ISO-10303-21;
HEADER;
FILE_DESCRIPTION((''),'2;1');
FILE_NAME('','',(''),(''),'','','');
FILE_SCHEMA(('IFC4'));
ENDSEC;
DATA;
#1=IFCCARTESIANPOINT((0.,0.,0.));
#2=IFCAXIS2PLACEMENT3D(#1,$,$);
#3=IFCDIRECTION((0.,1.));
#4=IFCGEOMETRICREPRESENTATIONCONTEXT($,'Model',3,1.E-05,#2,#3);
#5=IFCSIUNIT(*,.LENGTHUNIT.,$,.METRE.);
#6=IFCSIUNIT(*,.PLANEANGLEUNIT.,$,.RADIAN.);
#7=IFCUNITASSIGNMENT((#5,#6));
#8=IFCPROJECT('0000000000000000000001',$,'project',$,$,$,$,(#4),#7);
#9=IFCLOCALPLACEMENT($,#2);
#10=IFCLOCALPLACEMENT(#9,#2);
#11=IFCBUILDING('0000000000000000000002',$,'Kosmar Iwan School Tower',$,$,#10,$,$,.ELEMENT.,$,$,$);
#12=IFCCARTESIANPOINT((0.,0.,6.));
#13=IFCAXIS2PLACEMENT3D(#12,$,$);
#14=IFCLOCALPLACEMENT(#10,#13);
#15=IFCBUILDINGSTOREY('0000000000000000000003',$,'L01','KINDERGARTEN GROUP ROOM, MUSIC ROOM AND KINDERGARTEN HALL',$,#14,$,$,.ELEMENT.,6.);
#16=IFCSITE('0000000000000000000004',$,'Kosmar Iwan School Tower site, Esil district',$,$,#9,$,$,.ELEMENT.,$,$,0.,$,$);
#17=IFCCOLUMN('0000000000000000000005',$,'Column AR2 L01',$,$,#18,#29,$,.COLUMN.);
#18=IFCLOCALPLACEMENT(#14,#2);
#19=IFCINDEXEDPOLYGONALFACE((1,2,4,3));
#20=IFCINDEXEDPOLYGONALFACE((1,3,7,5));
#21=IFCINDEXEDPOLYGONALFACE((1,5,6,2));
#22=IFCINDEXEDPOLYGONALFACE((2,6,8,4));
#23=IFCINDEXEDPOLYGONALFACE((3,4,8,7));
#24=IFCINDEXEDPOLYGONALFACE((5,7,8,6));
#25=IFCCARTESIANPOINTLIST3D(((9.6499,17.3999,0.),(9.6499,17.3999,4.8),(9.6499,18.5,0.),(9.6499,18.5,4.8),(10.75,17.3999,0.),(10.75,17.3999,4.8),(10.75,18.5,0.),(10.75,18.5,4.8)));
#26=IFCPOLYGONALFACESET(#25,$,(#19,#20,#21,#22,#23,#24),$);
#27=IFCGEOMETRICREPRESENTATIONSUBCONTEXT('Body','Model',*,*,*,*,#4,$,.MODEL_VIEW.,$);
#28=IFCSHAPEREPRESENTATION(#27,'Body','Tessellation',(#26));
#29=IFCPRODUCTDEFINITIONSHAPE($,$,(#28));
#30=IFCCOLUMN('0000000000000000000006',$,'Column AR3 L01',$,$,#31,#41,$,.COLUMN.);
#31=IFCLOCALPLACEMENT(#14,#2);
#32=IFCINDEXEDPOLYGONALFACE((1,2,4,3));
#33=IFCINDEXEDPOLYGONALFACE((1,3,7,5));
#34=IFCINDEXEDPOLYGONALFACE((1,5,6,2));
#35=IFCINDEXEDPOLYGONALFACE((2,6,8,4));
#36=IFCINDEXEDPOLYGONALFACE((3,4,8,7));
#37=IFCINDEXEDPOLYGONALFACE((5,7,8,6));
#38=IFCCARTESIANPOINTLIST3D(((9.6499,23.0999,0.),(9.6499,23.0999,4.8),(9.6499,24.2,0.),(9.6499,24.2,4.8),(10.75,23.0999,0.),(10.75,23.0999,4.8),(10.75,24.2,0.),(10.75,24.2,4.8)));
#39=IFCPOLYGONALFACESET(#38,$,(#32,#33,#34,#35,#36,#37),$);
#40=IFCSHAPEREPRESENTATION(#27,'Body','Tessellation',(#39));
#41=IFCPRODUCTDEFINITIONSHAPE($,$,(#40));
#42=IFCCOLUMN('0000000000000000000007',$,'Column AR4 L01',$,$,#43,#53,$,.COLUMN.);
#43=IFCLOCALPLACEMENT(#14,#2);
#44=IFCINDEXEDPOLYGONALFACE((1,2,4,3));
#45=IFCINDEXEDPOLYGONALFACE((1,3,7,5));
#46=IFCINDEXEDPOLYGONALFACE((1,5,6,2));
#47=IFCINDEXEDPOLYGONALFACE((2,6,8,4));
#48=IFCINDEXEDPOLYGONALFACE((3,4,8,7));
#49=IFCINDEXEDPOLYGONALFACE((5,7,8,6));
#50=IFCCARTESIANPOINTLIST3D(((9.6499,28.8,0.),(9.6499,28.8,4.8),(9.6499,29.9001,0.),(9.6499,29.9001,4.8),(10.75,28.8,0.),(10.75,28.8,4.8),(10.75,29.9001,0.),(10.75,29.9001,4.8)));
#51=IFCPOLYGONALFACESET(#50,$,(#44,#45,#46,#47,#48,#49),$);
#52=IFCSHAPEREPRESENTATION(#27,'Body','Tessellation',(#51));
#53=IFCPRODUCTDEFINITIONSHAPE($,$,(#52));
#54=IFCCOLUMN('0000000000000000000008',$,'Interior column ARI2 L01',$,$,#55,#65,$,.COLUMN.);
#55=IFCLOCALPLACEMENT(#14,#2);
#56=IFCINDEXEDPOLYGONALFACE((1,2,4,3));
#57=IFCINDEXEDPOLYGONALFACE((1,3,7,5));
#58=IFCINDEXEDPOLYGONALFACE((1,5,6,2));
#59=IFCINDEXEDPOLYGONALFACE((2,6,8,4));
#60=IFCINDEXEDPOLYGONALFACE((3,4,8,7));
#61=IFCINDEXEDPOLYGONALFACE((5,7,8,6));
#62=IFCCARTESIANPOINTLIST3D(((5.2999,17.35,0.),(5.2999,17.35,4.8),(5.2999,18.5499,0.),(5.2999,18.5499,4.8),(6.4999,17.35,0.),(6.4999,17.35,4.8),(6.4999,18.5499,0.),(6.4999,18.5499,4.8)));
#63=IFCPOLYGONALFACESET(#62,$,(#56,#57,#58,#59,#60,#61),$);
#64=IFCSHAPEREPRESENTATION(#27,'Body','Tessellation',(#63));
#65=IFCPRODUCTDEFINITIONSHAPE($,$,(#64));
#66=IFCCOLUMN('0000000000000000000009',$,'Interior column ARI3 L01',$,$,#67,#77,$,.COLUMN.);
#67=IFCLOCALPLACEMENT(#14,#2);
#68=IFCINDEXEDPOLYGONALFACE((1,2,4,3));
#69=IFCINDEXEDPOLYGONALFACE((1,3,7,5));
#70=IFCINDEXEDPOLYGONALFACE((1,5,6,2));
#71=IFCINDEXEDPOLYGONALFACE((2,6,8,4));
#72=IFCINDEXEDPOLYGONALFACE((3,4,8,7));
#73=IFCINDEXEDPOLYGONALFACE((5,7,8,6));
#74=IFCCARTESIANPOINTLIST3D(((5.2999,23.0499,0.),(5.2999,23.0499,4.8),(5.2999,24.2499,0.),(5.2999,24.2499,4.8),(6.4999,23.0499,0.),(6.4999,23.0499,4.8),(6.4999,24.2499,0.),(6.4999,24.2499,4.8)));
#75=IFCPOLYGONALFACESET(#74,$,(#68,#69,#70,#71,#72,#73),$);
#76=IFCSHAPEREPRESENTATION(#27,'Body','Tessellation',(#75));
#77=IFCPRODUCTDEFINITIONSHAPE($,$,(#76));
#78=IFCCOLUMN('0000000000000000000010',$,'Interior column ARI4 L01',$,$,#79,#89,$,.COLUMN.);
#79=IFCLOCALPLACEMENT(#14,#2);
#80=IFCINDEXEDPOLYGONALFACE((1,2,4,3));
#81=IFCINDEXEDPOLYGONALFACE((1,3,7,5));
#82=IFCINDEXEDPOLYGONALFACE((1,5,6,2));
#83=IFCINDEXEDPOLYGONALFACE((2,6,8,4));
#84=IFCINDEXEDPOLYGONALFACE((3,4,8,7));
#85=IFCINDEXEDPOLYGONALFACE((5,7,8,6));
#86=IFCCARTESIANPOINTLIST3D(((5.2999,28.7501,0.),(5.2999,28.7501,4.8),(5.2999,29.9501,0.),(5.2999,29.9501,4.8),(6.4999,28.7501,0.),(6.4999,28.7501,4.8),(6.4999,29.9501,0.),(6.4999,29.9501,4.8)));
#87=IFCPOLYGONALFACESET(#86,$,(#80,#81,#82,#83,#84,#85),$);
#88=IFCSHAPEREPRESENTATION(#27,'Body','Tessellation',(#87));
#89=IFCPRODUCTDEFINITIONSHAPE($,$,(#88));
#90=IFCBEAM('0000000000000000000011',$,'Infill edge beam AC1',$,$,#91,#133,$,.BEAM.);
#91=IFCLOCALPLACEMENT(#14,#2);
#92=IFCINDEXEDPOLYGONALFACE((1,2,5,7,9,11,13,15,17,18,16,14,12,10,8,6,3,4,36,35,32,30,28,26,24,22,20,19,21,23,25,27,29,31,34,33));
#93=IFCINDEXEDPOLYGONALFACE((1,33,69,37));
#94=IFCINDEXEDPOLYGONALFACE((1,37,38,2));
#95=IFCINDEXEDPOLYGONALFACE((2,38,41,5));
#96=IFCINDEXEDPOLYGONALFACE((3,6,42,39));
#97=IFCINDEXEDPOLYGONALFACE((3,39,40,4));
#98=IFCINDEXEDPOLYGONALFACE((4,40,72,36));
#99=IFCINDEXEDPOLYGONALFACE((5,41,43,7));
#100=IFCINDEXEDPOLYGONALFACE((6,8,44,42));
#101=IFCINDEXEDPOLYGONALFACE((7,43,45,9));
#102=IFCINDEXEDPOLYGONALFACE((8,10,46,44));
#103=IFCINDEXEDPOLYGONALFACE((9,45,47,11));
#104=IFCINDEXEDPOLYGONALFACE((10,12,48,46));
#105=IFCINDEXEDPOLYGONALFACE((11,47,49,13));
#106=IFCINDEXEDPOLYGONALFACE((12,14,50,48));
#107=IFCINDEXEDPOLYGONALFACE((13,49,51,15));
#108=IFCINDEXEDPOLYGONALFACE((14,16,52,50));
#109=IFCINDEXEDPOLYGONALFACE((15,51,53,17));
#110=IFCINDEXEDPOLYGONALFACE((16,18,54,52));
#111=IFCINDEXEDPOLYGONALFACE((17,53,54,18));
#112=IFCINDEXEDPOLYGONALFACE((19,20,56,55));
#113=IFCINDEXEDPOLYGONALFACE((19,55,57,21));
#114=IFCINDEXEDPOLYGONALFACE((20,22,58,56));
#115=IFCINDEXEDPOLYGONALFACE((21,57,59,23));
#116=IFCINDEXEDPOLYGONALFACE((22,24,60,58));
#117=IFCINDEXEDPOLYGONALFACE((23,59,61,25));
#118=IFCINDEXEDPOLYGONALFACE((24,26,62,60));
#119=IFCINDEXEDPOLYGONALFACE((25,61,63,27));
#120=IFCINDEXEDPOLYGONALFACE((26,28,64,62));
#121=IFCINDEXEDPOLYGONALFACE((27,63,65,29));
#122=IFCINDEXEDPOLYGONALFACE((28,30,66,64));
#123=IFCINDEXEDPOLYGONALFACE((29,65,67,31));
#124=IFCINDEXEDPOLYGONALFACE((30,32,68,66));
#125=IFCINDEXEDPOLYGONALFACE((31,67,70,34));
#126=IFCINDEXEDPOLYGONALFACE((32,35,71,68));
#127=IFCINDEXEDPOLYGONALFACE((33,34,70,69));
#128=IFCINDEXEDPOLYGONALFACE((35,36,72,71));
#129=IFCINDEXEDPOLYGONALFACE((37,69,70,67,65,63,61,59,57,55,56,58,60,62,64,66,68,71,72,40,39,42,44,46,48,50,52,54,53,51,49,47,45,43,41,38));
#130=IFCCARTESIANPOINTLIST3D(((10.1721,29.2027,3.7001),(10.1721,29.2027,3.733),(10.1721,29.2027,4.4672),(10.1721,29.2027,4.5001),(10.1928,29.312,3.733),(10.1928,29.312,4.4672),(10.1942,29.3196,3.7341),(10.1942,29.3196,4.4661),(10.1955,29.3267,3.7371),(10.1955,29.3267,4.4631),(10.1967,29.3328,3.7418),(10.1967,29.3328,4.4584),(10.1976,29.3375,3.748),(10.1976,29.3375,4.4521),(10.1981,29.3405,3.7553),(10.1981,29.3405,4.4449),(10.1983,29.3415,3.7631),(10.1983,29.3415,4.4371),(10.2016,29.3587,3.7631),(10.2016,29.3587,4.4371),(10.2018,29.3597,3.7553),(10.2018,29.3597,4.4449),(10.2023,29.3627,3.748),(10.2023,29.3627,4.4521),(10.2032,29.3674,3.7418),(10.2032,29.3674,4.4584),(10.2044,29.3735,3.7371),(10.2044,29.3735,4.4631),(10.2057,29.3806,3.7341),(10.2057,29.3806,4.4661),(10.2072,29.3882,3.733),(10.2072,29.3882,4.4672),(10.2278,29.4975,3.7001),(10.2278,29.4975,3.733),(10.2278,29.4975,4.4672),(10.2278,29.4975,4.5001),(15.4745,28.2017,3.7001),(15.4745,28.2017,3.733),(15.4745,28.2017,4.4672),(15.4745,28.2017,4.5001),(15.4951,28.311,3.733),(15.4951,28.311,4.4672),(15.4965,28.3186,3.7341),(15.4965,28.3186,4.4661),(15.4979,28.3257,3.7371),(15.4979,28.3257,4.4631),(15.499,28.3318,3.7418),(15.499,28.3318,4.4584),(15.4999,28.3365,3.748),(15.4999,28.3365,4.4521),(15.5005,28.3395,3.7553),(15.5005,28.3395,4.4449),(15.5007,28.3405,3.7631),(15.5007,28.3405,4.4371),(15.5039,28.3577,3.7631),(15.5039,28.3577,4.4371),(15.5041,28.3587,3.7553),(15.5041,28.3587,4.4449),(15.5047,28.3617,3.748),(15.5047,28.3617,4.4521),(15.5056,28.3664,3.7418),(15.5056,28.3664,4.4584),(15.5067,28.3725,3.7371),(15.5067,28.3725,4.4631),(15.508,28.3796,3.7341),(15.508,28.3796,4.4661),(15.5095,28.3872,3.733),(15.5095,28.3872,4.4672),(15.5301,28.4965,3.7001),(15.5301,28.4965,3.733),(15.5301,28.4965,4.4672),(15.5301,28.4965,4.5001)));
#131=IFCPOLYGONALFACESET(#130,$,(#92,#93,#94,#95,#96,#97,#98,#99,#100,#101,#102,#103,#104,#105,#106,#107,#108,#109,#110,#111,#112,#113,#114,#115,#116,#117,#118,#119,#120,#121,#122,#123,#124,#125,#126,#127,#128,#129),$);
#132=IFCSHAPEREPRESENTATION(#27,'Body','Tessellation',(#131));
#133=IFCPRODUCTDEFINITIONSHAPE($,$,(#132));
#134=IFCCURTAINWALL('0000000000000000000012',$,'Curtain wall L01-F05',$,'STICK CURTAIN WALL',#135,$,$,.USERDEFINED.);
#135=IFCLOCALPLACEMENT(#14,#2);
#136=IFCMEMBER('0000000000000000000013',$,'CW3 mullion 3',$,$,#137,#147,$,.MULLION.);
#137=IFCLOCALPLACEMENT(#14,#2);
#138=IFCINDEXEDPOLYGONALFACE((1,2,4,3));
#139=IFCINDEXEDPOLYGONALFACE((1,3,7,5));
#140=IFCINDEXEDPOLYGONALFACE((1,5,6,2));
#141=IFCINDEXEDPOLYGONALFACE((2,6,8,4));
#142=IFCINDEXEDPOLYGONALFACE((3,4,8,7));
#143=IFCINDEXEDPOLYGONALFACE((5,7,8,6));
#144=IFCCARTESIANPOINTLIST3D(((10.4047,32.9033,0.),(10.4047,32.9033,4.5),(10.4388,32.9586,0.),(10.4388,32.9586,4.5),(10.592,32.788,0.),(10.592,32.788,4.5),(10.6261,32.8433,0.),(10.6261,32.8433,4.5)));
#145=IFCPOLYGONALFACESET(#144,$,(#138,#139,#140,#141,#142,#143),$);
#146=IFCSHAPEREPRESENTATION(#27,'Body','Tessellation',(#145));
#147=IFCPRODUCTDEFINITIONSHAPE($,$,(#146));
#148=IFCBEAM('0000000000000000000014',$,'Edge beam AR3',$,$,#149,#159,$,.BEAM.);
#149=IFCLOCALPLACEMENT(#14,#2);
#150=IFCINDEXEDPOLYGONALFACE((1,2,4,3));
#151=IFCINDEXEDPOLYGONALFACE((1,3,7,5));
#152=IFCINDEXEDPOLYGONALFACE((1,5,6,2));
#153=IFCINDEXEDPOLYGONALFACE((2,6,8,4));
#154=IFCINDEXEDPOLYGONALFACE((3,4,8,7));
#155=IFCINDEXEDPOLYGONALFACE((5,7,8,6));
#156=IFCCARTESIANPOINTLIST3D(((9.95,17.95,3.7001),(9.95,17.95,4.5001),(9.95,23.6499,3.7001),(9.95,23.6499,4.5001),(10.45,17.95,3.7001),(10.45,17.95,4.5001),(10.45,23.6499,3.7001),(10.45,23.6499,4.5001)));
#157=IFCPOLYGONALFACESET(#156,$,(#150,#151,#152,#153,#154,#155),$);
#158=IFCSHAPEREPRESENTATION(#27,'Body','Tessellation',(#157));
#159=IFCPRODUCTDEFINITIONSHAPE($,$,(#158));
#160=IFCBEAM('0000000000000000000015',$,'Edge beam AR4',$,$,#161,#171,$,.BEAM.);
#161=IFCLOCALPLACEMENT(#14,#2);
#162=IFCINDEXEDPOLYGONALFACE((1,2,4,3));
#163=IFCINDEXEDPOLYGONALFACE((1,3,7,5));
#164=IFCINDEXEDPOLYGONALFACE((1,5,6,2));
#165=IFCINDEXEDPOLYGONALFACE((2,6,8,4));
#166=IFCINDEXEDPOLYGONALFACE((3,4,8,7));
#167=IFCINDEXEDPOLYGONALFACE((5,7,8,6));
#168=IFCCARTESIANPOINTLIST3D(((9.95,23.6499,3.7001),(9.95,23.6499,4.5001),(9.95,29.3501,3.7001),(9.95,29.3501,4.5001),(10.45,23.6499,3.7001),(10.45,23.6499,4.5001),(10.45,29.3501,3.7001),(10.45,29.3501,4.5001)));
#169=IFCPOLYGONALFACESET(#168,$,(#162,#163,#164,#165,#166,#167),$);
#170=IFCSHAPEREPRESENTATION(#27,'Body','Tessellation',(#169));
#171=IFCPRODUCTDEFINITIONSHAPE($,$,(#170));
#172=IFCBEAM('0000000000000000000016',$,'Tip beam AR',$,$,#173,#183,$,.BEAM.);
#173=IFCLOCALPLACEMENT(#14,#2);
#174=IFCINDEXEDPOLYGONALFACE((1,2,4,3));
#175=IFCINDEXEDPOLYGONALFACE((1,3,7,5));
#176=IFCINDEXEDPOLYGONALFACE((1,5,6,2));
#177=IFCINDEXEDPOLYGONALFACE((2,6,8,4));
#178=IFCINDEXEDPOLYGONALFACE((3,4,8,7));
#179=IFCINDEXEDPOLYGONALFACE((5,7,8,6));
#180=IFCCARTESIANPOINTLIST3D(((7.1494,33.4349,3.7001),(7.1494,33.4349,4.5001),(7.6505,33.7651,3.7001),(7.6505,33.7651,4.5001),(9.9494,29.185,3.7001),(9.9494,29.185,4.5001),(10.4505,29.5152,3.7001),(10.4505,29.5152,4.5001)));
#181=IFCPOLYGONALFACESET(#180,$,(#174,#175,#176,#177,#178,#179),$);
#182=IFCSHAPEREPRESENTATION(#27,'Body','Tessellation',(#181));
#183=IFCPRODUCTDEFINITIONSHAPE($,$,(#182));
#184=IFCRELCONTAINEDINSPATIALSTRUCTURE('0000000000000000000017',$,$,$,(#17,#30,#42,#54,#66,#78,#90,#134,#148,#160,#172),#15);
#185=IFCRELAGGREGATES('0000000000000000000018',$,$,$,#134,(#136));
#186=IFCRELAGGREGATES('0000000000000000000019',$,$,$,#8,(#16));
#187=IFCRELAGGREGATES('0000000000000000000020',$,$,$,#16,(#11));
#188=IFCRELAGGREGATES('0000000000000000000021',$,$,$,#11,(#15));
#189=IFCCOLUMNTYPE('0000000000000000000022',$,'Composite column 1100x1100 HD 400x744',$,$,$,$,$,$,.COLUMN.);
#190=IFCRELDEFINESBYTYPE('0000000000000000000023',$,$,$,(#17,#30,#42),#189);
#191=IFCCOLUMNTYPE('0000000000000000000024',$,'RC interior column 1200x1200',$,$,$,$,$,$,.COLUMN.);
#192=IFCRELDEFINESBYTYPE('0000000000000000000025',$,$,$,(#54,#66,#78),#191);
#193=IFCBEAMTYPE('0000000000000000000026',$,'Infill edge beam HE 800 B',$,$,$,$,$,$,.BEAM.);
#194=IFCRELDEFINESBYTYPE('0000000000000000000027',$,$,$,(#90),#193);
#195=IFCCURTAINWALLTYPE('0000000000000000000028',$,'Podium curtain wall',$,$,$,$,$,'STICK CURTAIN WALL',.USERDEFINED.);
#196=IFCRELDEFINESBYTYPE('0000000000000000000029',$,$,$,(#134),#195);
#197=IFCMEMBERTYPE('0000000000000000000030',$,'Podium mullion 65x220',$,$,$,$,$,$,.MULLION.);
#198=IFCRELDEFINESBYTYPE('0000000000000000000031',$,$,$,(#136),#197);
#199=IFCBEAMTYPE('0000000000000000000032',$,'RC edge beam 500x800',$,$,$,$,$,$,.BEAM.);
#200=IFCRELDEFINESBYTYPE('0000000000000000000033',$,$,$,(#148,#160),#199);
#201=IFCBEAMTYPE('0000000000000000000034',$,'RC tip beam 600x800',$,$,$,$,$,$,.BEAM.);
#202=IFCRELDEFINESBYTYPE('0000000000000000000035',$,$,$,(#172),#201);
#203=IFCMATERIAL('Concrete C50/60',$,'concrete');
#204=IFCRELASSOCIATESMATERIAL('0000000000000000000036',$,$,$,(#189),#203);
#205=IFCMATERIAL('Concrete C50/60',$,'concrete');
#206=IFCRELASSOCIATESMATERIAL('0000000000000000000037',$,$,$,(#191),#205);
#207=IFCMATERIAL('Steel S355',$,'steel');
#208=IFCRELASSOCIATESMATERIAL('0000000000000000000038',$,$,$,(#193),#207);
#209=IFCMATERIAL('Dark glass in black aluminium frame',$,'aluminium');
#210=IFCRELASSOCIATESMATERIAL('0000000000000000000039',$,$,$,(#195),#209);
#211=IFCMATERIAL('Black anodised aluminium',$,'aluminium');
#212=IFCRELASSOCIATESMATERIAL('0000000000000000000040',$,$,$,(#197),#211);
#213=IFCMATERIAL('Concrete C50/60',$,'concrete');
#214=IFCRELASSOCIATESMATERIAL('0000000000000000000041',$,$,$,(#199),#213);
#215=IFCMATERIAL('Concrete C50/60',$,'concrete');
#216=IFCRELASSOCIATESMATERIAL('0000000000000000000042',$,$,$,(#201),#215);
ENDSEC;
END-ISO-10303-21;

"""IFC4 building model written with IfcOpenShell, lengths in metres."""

from ifc_helpers import new_model, si_unit, direction, frame, origin, origin_2d, place, context, subcontext, project, spatial, rectangle, i_section, extrude, material, material_profile, profile_set, type_object, element, aggregate, save


model = new_model("IFC4")

# Units and contexts
model_context = context("Model", 3, precision=1e-05, world=origin(), true_north=direction((0.0, 1.0)))
body_context = subcontext(model_context, "Body", "Model", "MODEL_VIEW")
ifc_project = project(units=[si_unit("LENGTHUNIT", "METRE"), si_unit("PLANEANGLEUNIT", "RADIAN")], contexts=[model_context])

# Site, building, storey
site_placement = place(None, origin())
site = spatial("IfcSite", under=ifc_project, at=site_placement, Name="Kosmar Iwan School Tower site, Esil district", CompositionType="ELEMENT", RefElevation=0.0)
building_placement = place(site_placement, origin())
building = spatial("IfcBuilding", under=site, at=building_placement, Name="Kosmar Iwan School Tower", CompositionType="ELEMENT")
storey_placement = place(building_placement, frame((0.0, 0.0, 6.0)))
storey = spatial("IfcBuildingStorey", under=building, at=storey_placement, Name="L01", Description="KINDERGARTEN GROUP ROOM, MUSIC ROOM AND KINDERGARTEN HALL", CompositionType="ELEMENT", Elevation=6.0)

# Columns
ifc_material_1 = material(Name="Concrete C50/60", Category="concrete")
ifc_material_profile_1 = material_profile(ifc_material_1, rectangle(XDim=1.1001, YDim=1.1001, at=origin_2d()), Name="RC 1100x1100 + HD 400x744")
ifc_profile_set_1 = profile_set([ifc_material_profile_1], Name="Concrete C50/60")
column_type_1 = type_object("IfcColumnType", Name="Composite column 1100x1100 HD 400x744", PredefinedType="COLUMN", material=ifc_profile_set_1)
for number, where, z_axis, x_axis, name in (
    (1, (10.2, 17.95, 0.0), (0.0, 0.0, 1.0), (0.0, 1.0, 0.0), "Column AR2 L01"),
    (2, (10.2, 23.6499, 0.0), (0.0, 0.0, 1.0), (0.0, 1.0, 0.0), "Column AR3 L01"),
    (3, (10.2, 29.3501, 0.0), (0.0, 0.0, 1.0), (0.0, 1.0, 0.0), "Column AR4 L01"),
):
    element("IfcColumn", number, at=place(storey_placement, frame(where, z_axis=z_axis, x_axis=x_axis)), inside=storey, type_object=column_type_1, Name=name, PredefinedType="COLUMN", context=body_context, shape_type="SweptSolid", body=[
        extrude(rectangle(XDim=1.1001, YDim=1.1001, at=origin_2d()), origin(), (0.0, 0.0, 1.0), 4.8),
    ])
ifc_material_2 = material(Name="Concrete C50/60", Category="concrete")
ifc_material_profile_2 = material_profile(ifc_material_2, rectangle(XDim=1.2, YDim=1.2, at=origin_2d()), Name="RC 1200x1200")
ifc_profile_set_2 = profile_set([ifc_material_profile_2], Name="Concrete C50/60")
column_type_2 = type_object("IfcColumnType", Name="RC interior column 1200x1200", PredefinedType="COLUMN", material=ifc_profile_set_2)
for number, where, z_axis, x_axis, name in (
    (4, (5.8999, 17.95, 0.0), (0.0, 0.0, 1.0), (0.0, 1.0, 0.0), "Interior column ARI2 L01"),
    (5, (5.8999, 23.6499, 0.0), (0.0, 0.0, 1.0), (0.0, 1.0, 0.0), "Interior column ARI3 L01"),
    (6, (5.8999, 29.3501, 0.0), (0.0, 0.0, 1.0), (0.0, 1.0, 0.0), "Interior column ARI4 L01"),
):
    element("IfcColumn", number, at=place(storey_placement, frame(where, z_axis=z_axis, x_axis=x_axis)), inside=storey, type_object=column_type_2, Name=name, PredefinedType="COLUMN", context=body_context, shape_type="SweptSolid", body=[
        extrude(rectangle(XDim=1.2, YDim=1.2, at=origin_2d()), origin(), (0.0, 0.0, 1.0), 4.8),
    ])

# Beam
ifc_material_3 = material(Name="Steel S355", Category="steel")
ifc_material_profile_3 = material_profile(ifc_material_3, i_section(OverallWidth=0.3, OverallDepth=0.8, WebThickness=0.0176, FlangeThickness=0.033, FilletRadius=0.03, at=origin_2d()), Name="HE 800 B")
ifc_profile_set_3 = profile_set([ifc_material_profile_3], Name="Steel S355")
beam_type_1 = type_object("IfcBeamType", Name="Infill edge beam HE 800 B", PredefinedType="BEAM", material=ifc_profile_set_3)
beam_1_placement = place(storey_placement, frame((10.2, 29.3501, 4.1001), z_axis=(0.982643, -0.185507, 0.0), x_axis=(0.185507, 0.982643, 0.0)))
element("IfcBeam", 7, at=beam_1_placement, inside=storey, type_object=beam_type_1, Name="Infill edge beam AC1", PredefinedType="BEAM", context=body_context, shape_type="SweptSolid", body=[
    extrude(i_section(OverallWidth=0.3, OverallDepth=0.8, WebThickness=0.0176, FlangeThickness=0.033, FilletRadius=0.03, at=origin_2d()), origin(), (0.0, 0.0, 1.0), 5.396),
])

# Curtain wall, member
ifc_material_4 = material(Name="Dark glass in black aluminium frame", Category="aluminium")
curtain_wall_type = type_object("IfcCurtainWallType", Name="Podium curtain wall", ElementType="STICK CURTAIN WALL", PredefinedType="USERDEFINED", material=ifc_material_4)
curtain_wall_placement = place(storey_placement, origin())
curtain_wall = element("IfcCurtainWall", 8, at=curtain_wall_placement, inside=storey, type_object=curtain_wall_type, Name="Curtain wall L01-F05", ObjectType="STICK CURTAIN WALL", PredefinedType="USERDEFINED")
ifc_material_5 = material(Name="Black anodised aluminium", Category="aluminium")
ifc_material_profile_4 = material_profile(ifc_material_5, rectangle(XDim=0.0649, YDim=0.22, at=origin_2d()), Name="MULLION 65x220")
ifc_profile_set_4 = profile_set([ifc_material_profile_4], Name="Black anodised aluminium")
member_type_1 = type_object("IfcMemberType", Name="Podium mullion 65x220", PredefinedType="MULLION", material=ifc_profile_set_4)
member_1_placement = place(storey_placement, frame((10.5154, 32.8733, 0.0), z_axis=(0.0, 0.0, 1.0), x_axis=(-0.524382, -0.851483, 0.0)))
member_1 = element("IfcMember", 9, at=member_1_placement, type_object=member_type_1, Name="CW3 mullion 3", PredefinedType="MULLION", context=body_context, shape_type="SweptSolid", body=[
    extrude(rectangle(XDim=0.0649, YDim=0.22, at=origin_2d()), origin(), (0.0, 0.0, 1.0), 4.5),
])

# Beams
ifc_material_6 = material(Name="Concrete C50/60", Category="concrete")
ifc_material_profile_5 = material_profile(ifc_material_6, rectangle(XDim=0.5, YDim=0.8, at=origin_2d()), Name="RC 500x800")
ifc_profile_set_5 = profile_set([ifc_material_profile_5], Name="Concrete C50/60")
beam_type_2 = type_object("IfcBeamType", Name="RC edge beam 500x800", PredefinedType="BEAM", material=ifc_profile_set_5)
beam_2_placement = place(storey_placement, frame((10.2, 17.95, 4.1001), z_axis=(0.0, 1.0, 0.0), x_axis=(-1.0, 0.0, 0.0)))
element("IfcBeam", 10, at=beam_2_placement, inside=storey, type_object=beam_type_2, Name="Edge beam AR3", PredefinedType="BEAM", context=body_context, shape_type="SweptSolid", body=[
    extrude(rectangle(XDim=0.5, YDim=0.8, at=origin_2d()), origin(), (0.0, 0.0, 1.0), 5.7),
])
beam_3_placement = place(storey_placement, frame((10.2, 23.6499, 4.1001), z_axis=(0.0, 1.0, 0.0), x_axis=(-1.0, 0.0, 0.0)))
element("IfcBeam", 11, at=beam_3_placement, inside=storey, type_object=beam_type_2, Name="Edge beam AR4", PredefinedType="BEAM", context=body_context, shape_type="SweptSolid", body=[
    extrude(rectangle(XDim=0.5, YDim=0.8, at=origin_2d()), origin(), (0.0, 0.0, 1.0), 5.7002),
])
ifc_material_7 = material(Name="Concrete C50/60", Category="concrete")
ifc_material_profile_6 = material_profile(ifc_material_7, rectangle(XDim=0.6001, YDim=0.8, at=origin_2d()), Name="RC 600x800")
ifc_profile_set_6 = profile_set([ifc_material_profile_6], Name="Concrete C50/60")
beam_type_3 = type_object("IfcBeamType", Name="RC tip beam 600x800", PredefinedType="BEAM", material=ifc_profile_set_6)
beam_4_placement = place(storey_placement, frame((10.2, 29.3501, 4.1001), z_axis=(-0.550164, 0.835056, 0.0), x_axis=(-0.835056, -0.550164, 0.0)))
element("IfcBeam", 12, at=beam_4_placement, inside=storey, type_object=beam_type_3, Name="Tip beam AR", PredefinedType="BEAM", context=body_context, shape_type="SweptSolid", body=[
    extrude(rectangle(XDim=0.6001, YDim=0.8, at=origin_2d()), origin(), (0.0, 0.0, 1.0), 5.0894),
])

aggregate(curtain_wall, [member_1])

save(model, "model.ifc")
